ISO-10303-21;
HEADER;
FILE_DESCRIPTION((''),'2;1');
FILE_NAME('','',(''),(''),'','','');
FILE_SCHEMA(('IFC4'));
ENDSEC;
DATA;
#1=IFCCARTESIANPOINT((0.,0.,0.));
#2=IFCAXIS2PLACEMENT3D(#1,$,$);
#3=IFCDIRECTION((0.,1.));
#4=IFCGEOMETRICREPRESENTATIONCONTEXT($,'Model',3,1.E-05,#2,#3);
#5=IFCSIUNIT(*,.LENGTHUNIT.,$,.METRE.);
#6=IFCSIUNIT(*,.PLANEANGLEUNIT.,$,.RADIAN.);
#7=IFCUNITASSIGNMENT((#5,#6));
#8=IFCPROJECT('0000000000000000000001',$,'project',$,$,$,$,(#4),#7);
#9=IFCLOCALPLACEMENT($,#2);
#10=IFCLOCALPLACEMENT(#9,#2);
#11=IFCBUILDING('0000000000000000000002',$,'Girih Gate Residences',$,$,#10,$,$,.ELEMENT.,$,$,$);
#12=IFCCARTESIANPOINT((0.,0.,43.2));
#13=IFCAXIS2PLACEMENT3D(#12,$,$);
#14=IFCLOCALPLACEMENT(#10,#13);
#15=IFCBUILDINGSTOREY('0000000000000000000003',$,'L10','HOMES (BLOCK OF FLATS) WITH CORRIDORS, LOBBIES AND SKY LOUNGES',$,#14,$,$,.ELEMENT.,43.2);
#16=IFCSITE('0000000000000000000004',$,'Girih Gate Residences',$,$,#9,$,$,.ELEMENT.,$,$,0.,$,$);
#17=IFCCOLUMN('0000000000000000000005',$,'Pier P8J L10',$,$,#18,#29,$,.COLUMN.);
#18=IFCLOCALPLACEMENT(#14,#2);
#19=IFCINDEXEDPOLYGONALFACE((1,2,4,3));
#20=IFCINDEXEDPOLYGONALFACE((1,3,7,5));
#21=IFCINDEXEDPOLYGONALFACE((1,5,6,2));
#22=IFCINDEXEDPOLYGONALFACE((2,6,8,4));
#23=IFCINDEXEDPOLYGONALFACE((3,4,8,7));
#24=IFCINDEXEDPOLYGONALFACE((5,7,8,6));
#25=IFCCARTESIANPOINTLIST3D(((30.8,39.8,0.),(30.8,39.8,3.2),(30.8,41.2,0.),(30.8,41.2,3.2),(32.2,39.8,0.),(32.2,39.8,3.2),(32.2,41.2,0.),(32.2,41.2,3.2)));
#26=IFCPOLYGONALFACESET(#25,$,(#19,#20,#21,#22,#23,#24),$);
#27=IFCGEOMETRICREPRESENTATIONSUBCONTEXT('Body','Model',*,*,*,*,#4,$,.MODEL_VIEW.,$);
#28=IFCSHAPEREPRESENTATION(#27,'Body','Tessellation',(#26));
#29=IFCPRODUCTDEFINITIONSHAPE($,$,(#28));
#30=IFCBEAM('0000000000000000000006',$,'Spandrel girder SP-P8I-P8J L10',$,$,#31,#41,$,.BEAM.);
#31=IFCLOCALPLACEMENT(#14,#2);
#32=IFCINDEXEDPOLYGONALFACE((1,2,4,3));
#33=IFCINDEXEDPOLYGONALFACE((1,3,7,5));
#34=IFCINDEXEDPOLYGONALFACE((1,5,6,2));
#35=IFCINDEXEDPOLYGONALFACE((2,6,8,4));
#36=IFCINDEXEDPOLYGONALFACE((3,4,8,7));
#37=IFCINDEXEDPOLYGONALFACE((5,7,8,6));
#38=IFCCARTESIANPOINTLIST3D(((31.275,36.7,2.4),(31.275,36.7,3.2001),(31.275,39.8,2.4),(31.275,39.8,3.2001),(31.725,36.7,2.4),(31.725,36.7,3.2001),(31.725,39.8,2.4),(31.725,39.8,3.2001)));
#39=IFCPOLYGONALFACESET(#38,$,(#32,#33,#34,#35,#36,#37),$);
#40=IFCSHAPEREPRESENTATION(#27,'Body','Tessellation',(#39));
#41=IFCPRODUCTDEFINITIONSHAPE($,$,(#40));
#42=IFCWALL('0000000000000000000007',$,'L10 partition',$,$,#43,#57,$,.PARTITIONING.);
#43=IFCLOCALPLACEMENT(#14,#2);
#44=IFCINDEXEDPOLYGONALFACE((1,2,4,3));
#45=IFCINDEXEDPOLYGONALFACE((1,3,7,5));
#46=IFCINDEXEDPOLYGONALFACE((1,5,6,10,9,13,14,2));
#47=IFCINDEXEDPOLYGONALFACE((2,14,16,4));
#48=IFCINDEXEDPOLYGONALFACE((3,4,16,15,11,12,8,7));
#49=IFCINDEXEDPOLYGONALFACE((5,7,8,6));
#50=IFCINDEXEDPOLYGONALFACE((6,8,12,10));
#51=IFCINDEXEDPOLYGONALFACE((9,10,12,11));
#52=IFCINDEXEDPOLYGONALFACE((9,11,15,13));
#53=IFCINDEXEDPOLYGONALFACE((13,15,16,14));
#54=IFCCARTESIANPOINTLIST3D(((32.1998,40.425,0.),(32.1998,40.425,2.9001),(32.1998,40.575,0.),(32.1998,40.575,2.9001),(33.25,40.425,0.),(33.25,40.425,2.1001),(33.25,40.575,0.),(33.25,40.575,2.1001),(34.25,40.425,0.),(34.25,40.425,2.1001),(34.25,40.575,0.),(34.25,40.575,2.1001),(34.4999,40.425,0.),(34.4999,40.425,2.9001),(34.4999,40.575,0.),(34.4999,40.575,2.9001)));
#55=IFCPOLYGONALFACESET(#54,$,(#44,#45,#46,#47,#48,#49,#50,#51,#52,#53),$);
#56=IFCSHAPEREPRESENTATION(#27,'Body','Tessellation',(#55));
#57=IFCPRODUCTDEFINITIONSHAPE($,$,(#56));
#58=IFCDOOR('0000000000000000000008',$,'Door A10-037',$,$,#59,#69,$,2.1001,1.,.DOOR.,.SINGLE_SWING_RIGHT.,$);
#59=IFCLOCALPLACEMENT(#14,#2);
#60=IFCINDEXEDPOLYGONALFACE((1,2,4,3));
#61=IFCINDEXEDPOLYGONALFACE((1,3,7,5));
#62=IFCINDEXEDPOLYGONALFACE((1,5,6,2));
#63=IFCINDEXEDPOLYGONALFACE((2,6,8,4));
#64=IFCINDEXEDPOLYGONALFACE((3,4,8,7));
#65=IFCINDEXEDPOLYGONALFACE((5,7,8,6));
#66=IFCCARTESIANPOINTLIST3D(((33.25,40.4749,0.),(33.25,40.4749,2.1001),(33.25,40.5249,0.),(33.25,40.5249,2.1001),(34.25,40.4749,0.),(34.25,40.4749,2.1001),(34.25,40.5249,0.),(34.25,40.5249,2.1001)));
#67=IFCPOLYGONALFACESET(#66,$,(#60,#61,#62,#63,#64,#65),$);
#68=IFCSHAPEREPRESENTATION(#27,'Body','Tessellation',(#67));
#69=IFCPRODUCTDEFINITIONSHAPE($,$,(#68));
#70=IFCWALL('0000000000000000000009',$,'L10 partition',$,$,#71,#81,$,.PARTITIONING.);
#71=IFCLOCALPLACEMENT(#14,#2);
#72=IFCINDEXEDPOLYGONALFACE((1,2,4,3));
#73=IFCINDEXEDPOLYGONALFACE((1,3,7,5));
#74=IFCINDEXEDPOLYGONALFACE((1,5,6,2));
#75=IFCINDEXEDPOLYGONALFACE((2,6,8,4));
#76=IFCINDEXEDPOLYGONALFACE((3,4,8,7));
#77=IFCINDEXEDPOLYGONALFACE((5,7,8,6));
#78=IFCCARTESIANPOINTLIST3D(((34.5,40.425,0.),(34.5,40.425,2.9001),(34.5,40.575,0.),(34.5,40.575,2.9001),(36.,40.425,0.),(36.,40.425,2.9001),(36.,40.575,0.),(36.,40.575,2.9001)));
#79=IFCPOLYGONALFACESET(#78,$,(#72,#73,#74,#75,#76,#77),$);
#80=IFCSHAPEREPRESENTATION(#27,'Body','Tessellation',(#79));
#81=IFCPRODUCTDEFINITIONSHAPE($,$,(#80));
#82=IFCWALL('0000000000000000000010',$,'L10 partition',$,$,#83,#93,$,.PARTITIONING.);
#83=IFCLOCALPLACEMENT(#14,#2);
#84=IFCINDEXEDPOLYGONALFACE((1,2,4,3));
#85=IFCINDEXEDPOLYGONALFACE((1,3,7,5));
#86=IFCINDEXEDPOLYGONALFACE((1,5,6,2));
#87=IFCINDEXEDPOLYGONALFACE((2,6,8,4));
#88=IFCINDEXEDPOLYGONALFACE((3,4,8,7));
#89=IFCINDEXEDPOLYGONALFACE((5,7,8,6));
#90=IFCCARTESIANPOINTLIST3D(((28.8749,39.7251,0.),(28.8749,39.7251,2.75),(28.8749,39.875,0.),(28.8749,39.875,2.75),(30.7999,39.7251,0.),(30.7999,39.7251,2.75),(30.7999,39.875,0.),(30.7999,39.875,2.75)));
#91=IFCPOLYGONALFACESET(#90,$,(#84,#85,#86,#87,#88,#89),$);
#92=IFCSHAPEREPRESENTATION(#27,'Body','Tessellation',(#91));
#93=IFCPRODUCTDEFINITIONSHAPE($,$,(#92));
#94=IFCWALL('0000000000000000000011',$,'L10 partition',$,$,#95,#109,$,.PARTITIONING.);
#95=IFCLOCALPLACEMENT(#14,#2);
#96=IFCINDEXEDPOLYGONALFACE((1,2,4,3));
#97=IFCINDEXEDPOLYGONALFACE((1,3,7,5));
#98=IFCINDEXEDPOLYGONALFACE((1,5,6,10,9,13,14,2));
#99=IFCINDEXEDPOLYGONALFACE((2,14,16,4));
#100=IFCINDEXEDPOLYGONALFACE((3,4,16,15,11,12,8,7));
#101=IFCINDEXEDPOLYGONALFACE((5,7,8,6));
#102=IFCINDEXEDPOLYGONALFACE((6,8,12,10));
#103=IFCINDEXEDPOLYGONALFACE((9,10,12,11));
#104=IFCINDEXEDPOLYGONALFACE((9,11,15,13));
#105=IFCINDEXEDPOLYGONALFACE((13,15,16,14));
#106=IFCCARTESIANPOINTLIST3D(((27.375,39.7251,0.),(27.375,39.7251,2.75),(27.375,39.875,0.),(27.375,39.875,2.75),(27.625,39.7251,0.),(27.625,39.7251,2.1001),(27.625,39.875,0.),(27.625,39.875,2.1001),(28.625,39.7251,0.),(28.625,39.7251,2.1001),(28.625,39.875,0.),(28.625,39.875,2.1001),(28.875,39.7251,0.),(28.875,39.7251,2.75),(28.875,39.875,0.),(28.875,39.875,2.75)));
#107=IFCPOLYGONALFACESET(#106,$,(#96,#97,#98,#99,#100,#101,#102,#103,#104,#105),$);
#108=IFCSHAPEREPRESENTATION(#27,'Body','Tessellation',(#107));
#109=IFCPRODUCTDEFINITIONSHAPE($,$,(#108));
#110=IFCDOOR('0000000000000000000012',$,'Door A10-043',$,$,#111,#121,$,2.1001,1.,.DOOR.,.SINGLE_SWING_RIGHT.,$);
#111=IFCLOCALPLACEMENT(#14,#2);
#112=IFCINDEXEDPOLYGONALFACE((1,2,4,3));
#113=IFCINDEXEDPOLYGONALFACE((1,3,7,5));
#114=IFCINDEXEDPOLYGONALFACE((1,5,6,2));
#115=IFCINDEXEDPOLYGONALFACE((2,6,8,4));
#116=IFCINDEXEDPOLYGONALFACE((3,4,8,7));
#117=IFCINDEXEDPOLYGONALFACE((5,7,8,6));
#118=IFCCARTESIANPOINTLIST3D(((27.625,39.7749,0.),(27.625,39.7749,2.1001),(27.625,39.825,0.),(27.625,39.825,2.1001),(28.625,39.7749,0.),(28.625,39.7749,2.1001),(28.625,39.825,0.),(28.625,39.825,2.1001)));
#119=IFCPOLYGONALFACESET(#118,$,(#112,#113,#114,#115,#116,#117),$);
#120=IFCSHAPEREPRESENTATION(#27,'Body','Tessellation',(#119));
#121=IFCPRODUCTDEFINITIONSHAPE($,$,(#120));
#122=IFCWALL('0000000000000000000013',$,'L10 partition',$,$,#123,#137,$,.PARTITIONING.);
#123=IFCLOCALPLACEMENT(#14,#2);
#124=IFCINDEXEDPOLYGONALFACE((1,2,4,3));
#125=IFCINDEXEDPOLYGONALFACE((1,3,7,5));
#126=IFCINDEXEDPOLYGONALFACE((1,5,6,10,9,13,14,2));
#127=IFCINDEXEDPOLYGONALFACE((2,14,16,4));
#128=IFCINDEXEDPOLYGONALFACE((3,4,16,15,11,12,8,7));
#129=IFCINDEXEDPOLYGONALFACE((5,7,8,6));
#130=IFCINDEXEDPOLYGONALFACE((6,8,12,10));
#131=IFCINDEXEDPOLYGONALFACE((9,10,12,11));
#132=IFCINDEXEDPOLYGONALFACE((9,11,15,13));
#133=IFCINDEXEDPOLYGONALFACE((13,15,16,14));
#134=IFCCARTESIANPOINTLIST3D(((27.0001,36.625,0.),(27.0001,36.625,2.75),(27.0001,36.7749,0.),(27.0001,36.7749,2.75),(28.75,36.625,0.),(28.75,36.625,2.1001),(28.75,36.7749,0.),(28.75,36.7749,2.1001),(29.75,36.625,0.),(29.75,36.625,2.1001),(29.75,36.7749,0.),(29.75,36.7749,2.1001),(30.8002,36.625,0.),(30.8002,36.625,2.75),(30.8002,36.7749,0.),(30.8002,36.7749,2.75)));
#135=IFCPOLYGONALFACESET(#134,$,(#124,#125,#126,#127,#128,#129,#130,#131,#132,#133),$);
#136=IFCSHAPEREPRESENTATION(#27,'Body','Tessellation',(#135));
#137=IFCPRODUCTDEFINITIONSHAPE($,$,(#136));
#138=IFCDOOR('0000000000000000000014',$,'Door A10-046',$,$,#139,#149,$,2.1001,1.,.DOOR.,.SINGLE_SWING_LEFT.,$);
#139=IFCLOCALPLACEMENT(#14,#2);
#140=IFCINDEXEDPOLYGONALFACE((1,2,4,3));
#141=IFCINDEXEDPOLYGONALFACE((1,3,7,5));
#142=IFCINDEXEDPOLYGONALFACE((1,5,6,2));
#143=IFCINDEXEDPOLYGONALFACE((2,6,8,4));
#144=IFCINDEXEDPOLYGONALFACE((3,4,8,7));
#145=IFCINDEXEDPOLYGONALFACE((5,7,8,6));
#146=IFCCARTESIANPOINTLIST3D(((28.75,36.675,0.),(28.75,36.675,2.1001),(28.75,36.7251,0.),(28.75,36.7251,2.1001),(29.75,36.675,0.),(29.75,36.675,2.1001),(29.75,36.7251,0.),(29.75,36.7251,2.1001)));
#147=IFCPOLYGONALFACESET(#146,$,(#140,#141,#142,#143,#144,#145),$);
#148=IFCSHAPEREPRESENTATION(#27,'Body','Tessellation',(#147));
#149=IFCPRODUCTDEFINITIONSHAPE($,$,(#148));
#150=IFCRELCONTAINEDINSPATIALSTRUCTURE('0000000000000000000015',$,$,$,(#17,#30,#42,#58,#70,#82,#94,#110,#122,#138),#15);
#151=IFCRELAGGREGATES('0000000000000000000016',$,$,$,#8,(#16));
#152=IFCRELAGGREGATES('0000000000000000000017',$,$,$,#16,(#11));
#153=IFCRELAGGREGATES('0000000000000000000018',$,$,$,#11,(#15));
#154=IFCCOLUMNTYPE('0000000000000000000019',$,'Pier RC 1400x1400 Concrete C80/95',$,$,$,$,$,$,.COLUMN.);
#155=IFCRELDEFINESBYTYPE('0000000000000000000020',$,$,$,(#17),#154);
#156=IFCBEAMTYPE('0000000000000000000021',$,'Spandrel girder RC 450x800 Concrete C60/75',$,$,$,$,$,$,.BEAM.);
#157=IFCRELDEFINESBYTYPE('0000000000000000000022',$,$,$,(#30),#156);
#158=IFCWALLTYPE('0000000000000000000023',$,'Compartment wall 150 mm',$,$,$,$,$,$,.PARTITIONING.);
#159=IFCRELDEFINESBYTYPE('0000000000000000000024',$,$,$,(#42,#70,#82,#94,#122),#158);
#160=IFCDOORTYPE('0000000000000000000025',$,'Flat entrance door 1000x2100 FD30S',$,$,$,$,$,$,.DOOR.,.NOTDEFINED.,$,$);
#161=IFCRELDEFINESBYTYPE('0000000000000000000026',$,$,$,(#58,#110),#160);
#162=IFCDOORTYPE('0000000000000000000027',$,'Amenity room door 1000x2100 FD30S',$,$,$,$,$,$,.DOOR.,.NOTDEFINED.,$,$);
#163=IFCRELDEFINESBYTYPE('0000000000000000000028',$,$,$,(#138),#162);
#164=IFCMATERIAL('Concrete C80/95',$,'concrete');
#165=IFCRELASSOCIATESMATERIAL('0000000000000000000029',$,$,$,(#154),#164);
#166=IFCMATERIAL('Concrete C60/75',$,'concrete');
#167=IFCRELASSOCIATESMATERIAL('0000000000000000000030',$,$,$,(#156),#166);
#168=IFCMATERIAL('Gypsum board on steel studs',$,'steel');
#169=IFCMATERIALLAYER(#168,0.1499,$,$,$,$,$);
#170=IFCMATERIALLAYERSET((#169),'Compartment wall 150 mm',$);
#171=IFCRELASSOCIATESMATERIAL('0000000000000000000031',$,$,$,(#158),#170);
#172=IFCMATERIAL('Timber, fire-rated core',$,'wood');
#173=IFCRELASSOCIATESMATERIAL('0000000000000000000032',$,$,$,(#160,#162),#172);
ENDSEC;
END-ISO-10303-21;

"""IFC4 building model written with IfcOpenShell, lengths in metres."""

from ifc_helpers import new_model, si_unit, direction, frame, frame_2d, origin, origin_2d, place, context, subcontext, project, spatial, rectangle, extrude, material, layer, layer_set, material_profile, profile_set, type_object, element, fill, save


model = new_model("IFC4")

# Units and contexts
model_context = context("Model", 3, precision=1e-05, world=origin(), true_north=direction((0.0, 1.0)))
body_context = subcontext(model_context, "Body", "Model", "MODEL_VIEW")
ifc_project = project(units=[si_unit("LENGTHUNIT", "METRE"), si_unit("PLANEANGLEUNIT", "RADIAN")], contexts=[model_context])

# Site, building, storey
site_placement = place(None, origin())
site = spatial("IfcSite", under=ifc_project, at=site_placement, Name="Girih Gate Residences", CompositionType="ELEMENT", RefElevation=0.0)
building_placement = place(site_placement, origin())
building = spatial("IfcBuilding", under=site, at=building_placement, Name="Girih Gate Residences", CompositionType="ELEMENT")
storey_placement = place(building_placement, frame((0.0, 0.0, 43.2)))
storey = spatial("IfcBuildingStorey", under=building, at=storey_placement, Name="L10", Description="HOMES (BLOCK OF FLATS) WITH CORRIDORS, LOBBIES AND SKY LOUNGES", CompositionType="ELEMENT", Elevation=43.2)

# Column
ifc_material_1 = material(Name="Concrete C80/95", Category="concrete")
ifc_material_profile_1 = material_profile(ifc_material_1, rectangle(XDim=1.3999, YDim=1.3999, at=origin_2d()))
ifc_profile_set_1 = profile_set([ifc_material_profile_1], Name="Concrete C80/95")
column_type = type_object("IfcColumnType", Name="Pier RC 1400x1400 Concrete C80/95", PredefinedType="COLUMN", material=ifc_profile_set_1)
column_placement = place(storey_placement, frame((31.5, 40.5, 0.0), z_axis=(0.0, 0.0, 1.0), x_axis=(1.0, 0.0, 0.0)))
element("IfcColumn", 1, at=column_placement, inside=storey, type_object=column_type, Name="Pier P8J L10", PredefinedType="COLUMN", context=body_context, shape_type="SweptSolid", body=[
    extrude(rectangle(XDim=1.3999, YDim=1.3999, at=origin_2d()), origin(), (0.0, 0.0, 1.0), 3.2),
])

# Beam
ifc_material_2 = material(Name="Concrete C60/75", Category="concrete")
ifc_material_profile_2 = material_profile(ifc_material_2, rectangle(XDim=0.45, YDim=0.8, at=origin_2d()))
ifc_profile_set_2 = profile_set([ifc_material_profile_2], Name="Concrete C60/75")
beam_type = type_object("IfcBeamType", Name="Spandrel girder RC 450x800 Concrete C60/75", PredefinedType="BEAM", material=ifc_profile_set_2)
beam_placement = place(storey_placement, frame((31.5, 36.7, 2.8), z_axis=(0.0, 1.0, 0.0), x_axis=(-1.0, 0.0, 0.0)))
element("IfcBeam", 2, at=beam_placement, inside=storey, type_object=beam_type, Name="Spandrel girder SP-P8I-P8J L10", PredefinedType="BEAM", context=body_context, shape_type="SweptSolid", body=[
    extrude(rectangle(XDim=0.45, YDim=0.8, at=origin_2d()), origin(), (0.0, 0.0, 1.0), 3.1001),
])

# Wall, opening, door
ifc_material_3 = material(Name="Gypsum board on steel studs", Category="steel")
ifc_layer_1 = layer(ifc_material_3, 0.1499)
ifc_layer_set_1 = layer_set([ifc_layer_1], Name="Compartment wall 150 mm")
wall_type_1 = type_object("IfcWallType", Name="Compartment wall 150 mm", PredefinedType="PARTITIONING", material=ifc_layer_set_1)
wall_1_placement = place(storey_placement, frame((32.2, 40.5, 0.0), z_axis=(0.0, 0.0, 1.0), x_axis=(1.0, 0.0, 0.0)))
wall_1 = element("IfcWall", 3, at=wall_1_placement, inside=storey, type_object=wall_type_1, Name="L10 partition", PredefinedType="PARTITIONING", context=body_context, shape_type="SweptSolid", body=[
    extrude(rectangle(XDim=2.3, YDim=0.1499, at=frame_2d((1.1499, 0.0))), origin(), (0.0, 0.0, 1.0), 2.9001),
])
opening_1_placement = place(wall_1_placement, frame((1.05, 0.0, 0.0)))
opening_1 = element("IfcOpeningElement", 4, at=opening_1_placement, cuts=wall_1, PredefinedType="OPENING", context=body_context, shape_type="SweptSolid", body=[
    extrude(rectangle(XDim=1.0, YDim=2.1001, at=frame_2d((0.5, 1.05))), frame((0.0, 0.085, 0.0), z_axis=(0.0, -1.0, 0.0), x_axis=(1.0, 0.0, 0.0)), (0.0, 0.0, 1.0), 0.1699),
])
ifc_material_4 = material(Name="Timber, fire-rated core", Category="wood")
door_type_1 = type_object("IfcDoorType", Name="Flat entrance door 1000x2100 FD30S", OperationType="NOTDEFINED", PredefinedType="DOOR", material=ifc_material_4)
door_1_placement = place(opening_1_placement, origin())
door_1 = element("IfcDoor", 5, at=door_1_placement, inside=storey, type_object=door_type_1, Name="Door A10-037", OperationType="SINGLE_SWING_RIGHT", OverallHeight=2.1001, OverallWidth=1.0, PredefinedType="DOOR", context=body_context, shape_type="SweptSolid", body=[
    extrude(rectangle(XDim=1.0, YDim=2.1001, at=frame_2d((0.5, 1.05))), frame((0.0, 0.0249, 0.0), z_axis=(0.0, -1.0, 0.0), x_axis=(1.0, 0.0, 0.0)), (0.0, 0.0, 1.0), 0.05),
])
fill(opening_1, door_1)

# Walls
wall_2_placement = place(storey_placement, frame((34.5, 40.5, 0.0), z_axis=(0.0, 0.0, 1.0), x_axis=(1.0, 0.0, 0.0)))
element("IfcWall", 6, at=wall_2_placement, inside=storey, type_object=wall_type_1, Name="L10 partition", PredefinedType="PARTITIONING", context=body_context, shape_type="SweptSolid", body=[
    extrude(rectangle(XDim=1.5, YDim=0.1499, at=frame_2d((0.75, 0.0))), origin(), (0.0, 0.0, 1.0), 2.9001),
])
wall_3_placement = place(storey_placement, frame((28.875, 39.8, 0.0), z_axis=(0.0, 0.0, 1.0), x_axis=(1.0, 0.0, 0.0)))
element("IfcWall", 7, at=wall_3_placement, inside=storey, type_object=wall_type_1, Name="L10 partition", PredefinedType="PARTITIONING", context=body_context, shape_type="SweptSolid", body=[
    extrude(rectangle(XDim=1.925, YDim=0.1499, at=frame_2d((0.9624, 0.0))), origin(), (0.0, 0.0, 1.0), 2.75),
])

# Walls, openings, doors
wall_4_placement = place(storey_placement, frame((27.375, 39.8, 0.0), z_axis=(0.0, 0.0, 1.0), x_axis=(1.0, 0.0, 0.0)))
wall_4 = element("IfcWall", 8, at=wall_4_placement, inside=storey, type_object=wall_type_1, Name="L10 partition", PredefinedType="PARTITIONING", context=body_context, shape_type="SweptSolid", body=[
    extrude(rectangle(XDim=1.5, YDim=0.1499, at=frame_2d((0.75, 0.0))), origin(), (0.0, 0.0, 1.0), 2.75),
])
opening_2_placement = place(wall_4_placement, frame((0.25, 0.0, 0.0)))
opening_2 = element("IfcOpeningElement", 9, at=opening_2_placement, cuts=wall_4, PredefinedType="OPENING", context=body_context, shape_type="SweptSolid", body=[
    extrude(rectangle(XDim=1.0, YDim=2.1001, at=frame_2d((0.5, 1.05))), frame((0.0, 0.085, 0.0), z_axis=(0.0, -1.0, 0.0), x_axis=(1.0, 0.0, 0.0)), (0.0, 0.0, 1.0), 0.1699),
])
door_2_placement = place(opening_2_placement, origin())
door_2 = element("IfcDoor", 10, at=door_2_placement, inside=storey, type_object=door_type_1, Name="Door A10-043", OperationType="SINGLE_SWING_RIGHT", OverallHeight=2.1001, OverallWidth=1.0, PredefinedType="DOOR", context=body_context, shape_type="SweptSolid", body=[
    extrude(rectangle(XDim=1.0, YDim=2.1001, at=frame_2d((0.5, 1.05))), frame((0.0, 0.0249, 0.0), z_axis=(0.0, -1.0, 0.0), x_axis=(1.0, 0.0, 0.0)), (0.0, 0.0, 1.0), 0.05),
])
fill(opening_2, door_2)
wall_5_placement = place(storey_placement, frame((30.8, 36.7, 0.0), z_axis=(0.0, 0.0, 1.0), x_axis=(-1.0, 0.0, 0.0)))
wall_5 = element("IfcWall", 11, at=wall_5_placement, inside=storey, type_object=wall_type_1, Name="L10 partition", PredefinedType="PARTITIONING", context=body_context, shape_type="SweptSolid", body=[
    extrude(rectangle(XDim=3.8, YDim=0.1499, at=frame_2d((1.8999, 0.0))), origin(), (0.0, 0.0, 1.0), 2.75),
])
opening_3_placement = place(wall_5_placement, frame((1.05, 0.0, 0.0)))
opening_3 = element("IfcOpeningElement", 12, at=opening_3_placement, cuts=wall_5, PredefinedType="OPENING", context=body_context, shape_type="SweptSolid", body=[
    extrude(rectangle(XDim=1.0, YDim=2.1001, at=frame_2d((0.5, 1.05))), frame((0.0, 0.085, 0.0), z_axis=(0.0, -1.0, 0.0), x_axis=(1.0, 0.0, 0.0)), (0.0, 0.0, 1.0), 0.1699),
])
door_type_2 = type_object("IfcDoorType", Name="Amenity room door 1000x2100 FD30S", OperationType="NOTDEFINED", PredefinedType="DOOR", material=ifc_material_4)
door_3_placement = place(opening_3_placement, origin())
door_3 = element("IfcDoor", 13, at=door_3_placement, inside=storey, type_object=door_type_2, Name="Door A10-046", OperationType="SINGLE_SWING_LEFT", OverallHeight=2.1001, OverallWidth=1.0, PredefinedType="DOOR", context=body_context, shape_type="SweptSolid", body=[
    extrude(rectangle(XDim=1.0, YDim=2.1001, at=frame_2d((0.5, 1.05))), frame((0.0, 0.0249, 0.0), z_axis=(0.0, -1.0, 0.0), x_axis=(1.0, 0.0, 0.0)), (0.0, 0.0, 1.0), 0.05),
])
fill(opening_3, door_3)

save(model, "model.ifc")
